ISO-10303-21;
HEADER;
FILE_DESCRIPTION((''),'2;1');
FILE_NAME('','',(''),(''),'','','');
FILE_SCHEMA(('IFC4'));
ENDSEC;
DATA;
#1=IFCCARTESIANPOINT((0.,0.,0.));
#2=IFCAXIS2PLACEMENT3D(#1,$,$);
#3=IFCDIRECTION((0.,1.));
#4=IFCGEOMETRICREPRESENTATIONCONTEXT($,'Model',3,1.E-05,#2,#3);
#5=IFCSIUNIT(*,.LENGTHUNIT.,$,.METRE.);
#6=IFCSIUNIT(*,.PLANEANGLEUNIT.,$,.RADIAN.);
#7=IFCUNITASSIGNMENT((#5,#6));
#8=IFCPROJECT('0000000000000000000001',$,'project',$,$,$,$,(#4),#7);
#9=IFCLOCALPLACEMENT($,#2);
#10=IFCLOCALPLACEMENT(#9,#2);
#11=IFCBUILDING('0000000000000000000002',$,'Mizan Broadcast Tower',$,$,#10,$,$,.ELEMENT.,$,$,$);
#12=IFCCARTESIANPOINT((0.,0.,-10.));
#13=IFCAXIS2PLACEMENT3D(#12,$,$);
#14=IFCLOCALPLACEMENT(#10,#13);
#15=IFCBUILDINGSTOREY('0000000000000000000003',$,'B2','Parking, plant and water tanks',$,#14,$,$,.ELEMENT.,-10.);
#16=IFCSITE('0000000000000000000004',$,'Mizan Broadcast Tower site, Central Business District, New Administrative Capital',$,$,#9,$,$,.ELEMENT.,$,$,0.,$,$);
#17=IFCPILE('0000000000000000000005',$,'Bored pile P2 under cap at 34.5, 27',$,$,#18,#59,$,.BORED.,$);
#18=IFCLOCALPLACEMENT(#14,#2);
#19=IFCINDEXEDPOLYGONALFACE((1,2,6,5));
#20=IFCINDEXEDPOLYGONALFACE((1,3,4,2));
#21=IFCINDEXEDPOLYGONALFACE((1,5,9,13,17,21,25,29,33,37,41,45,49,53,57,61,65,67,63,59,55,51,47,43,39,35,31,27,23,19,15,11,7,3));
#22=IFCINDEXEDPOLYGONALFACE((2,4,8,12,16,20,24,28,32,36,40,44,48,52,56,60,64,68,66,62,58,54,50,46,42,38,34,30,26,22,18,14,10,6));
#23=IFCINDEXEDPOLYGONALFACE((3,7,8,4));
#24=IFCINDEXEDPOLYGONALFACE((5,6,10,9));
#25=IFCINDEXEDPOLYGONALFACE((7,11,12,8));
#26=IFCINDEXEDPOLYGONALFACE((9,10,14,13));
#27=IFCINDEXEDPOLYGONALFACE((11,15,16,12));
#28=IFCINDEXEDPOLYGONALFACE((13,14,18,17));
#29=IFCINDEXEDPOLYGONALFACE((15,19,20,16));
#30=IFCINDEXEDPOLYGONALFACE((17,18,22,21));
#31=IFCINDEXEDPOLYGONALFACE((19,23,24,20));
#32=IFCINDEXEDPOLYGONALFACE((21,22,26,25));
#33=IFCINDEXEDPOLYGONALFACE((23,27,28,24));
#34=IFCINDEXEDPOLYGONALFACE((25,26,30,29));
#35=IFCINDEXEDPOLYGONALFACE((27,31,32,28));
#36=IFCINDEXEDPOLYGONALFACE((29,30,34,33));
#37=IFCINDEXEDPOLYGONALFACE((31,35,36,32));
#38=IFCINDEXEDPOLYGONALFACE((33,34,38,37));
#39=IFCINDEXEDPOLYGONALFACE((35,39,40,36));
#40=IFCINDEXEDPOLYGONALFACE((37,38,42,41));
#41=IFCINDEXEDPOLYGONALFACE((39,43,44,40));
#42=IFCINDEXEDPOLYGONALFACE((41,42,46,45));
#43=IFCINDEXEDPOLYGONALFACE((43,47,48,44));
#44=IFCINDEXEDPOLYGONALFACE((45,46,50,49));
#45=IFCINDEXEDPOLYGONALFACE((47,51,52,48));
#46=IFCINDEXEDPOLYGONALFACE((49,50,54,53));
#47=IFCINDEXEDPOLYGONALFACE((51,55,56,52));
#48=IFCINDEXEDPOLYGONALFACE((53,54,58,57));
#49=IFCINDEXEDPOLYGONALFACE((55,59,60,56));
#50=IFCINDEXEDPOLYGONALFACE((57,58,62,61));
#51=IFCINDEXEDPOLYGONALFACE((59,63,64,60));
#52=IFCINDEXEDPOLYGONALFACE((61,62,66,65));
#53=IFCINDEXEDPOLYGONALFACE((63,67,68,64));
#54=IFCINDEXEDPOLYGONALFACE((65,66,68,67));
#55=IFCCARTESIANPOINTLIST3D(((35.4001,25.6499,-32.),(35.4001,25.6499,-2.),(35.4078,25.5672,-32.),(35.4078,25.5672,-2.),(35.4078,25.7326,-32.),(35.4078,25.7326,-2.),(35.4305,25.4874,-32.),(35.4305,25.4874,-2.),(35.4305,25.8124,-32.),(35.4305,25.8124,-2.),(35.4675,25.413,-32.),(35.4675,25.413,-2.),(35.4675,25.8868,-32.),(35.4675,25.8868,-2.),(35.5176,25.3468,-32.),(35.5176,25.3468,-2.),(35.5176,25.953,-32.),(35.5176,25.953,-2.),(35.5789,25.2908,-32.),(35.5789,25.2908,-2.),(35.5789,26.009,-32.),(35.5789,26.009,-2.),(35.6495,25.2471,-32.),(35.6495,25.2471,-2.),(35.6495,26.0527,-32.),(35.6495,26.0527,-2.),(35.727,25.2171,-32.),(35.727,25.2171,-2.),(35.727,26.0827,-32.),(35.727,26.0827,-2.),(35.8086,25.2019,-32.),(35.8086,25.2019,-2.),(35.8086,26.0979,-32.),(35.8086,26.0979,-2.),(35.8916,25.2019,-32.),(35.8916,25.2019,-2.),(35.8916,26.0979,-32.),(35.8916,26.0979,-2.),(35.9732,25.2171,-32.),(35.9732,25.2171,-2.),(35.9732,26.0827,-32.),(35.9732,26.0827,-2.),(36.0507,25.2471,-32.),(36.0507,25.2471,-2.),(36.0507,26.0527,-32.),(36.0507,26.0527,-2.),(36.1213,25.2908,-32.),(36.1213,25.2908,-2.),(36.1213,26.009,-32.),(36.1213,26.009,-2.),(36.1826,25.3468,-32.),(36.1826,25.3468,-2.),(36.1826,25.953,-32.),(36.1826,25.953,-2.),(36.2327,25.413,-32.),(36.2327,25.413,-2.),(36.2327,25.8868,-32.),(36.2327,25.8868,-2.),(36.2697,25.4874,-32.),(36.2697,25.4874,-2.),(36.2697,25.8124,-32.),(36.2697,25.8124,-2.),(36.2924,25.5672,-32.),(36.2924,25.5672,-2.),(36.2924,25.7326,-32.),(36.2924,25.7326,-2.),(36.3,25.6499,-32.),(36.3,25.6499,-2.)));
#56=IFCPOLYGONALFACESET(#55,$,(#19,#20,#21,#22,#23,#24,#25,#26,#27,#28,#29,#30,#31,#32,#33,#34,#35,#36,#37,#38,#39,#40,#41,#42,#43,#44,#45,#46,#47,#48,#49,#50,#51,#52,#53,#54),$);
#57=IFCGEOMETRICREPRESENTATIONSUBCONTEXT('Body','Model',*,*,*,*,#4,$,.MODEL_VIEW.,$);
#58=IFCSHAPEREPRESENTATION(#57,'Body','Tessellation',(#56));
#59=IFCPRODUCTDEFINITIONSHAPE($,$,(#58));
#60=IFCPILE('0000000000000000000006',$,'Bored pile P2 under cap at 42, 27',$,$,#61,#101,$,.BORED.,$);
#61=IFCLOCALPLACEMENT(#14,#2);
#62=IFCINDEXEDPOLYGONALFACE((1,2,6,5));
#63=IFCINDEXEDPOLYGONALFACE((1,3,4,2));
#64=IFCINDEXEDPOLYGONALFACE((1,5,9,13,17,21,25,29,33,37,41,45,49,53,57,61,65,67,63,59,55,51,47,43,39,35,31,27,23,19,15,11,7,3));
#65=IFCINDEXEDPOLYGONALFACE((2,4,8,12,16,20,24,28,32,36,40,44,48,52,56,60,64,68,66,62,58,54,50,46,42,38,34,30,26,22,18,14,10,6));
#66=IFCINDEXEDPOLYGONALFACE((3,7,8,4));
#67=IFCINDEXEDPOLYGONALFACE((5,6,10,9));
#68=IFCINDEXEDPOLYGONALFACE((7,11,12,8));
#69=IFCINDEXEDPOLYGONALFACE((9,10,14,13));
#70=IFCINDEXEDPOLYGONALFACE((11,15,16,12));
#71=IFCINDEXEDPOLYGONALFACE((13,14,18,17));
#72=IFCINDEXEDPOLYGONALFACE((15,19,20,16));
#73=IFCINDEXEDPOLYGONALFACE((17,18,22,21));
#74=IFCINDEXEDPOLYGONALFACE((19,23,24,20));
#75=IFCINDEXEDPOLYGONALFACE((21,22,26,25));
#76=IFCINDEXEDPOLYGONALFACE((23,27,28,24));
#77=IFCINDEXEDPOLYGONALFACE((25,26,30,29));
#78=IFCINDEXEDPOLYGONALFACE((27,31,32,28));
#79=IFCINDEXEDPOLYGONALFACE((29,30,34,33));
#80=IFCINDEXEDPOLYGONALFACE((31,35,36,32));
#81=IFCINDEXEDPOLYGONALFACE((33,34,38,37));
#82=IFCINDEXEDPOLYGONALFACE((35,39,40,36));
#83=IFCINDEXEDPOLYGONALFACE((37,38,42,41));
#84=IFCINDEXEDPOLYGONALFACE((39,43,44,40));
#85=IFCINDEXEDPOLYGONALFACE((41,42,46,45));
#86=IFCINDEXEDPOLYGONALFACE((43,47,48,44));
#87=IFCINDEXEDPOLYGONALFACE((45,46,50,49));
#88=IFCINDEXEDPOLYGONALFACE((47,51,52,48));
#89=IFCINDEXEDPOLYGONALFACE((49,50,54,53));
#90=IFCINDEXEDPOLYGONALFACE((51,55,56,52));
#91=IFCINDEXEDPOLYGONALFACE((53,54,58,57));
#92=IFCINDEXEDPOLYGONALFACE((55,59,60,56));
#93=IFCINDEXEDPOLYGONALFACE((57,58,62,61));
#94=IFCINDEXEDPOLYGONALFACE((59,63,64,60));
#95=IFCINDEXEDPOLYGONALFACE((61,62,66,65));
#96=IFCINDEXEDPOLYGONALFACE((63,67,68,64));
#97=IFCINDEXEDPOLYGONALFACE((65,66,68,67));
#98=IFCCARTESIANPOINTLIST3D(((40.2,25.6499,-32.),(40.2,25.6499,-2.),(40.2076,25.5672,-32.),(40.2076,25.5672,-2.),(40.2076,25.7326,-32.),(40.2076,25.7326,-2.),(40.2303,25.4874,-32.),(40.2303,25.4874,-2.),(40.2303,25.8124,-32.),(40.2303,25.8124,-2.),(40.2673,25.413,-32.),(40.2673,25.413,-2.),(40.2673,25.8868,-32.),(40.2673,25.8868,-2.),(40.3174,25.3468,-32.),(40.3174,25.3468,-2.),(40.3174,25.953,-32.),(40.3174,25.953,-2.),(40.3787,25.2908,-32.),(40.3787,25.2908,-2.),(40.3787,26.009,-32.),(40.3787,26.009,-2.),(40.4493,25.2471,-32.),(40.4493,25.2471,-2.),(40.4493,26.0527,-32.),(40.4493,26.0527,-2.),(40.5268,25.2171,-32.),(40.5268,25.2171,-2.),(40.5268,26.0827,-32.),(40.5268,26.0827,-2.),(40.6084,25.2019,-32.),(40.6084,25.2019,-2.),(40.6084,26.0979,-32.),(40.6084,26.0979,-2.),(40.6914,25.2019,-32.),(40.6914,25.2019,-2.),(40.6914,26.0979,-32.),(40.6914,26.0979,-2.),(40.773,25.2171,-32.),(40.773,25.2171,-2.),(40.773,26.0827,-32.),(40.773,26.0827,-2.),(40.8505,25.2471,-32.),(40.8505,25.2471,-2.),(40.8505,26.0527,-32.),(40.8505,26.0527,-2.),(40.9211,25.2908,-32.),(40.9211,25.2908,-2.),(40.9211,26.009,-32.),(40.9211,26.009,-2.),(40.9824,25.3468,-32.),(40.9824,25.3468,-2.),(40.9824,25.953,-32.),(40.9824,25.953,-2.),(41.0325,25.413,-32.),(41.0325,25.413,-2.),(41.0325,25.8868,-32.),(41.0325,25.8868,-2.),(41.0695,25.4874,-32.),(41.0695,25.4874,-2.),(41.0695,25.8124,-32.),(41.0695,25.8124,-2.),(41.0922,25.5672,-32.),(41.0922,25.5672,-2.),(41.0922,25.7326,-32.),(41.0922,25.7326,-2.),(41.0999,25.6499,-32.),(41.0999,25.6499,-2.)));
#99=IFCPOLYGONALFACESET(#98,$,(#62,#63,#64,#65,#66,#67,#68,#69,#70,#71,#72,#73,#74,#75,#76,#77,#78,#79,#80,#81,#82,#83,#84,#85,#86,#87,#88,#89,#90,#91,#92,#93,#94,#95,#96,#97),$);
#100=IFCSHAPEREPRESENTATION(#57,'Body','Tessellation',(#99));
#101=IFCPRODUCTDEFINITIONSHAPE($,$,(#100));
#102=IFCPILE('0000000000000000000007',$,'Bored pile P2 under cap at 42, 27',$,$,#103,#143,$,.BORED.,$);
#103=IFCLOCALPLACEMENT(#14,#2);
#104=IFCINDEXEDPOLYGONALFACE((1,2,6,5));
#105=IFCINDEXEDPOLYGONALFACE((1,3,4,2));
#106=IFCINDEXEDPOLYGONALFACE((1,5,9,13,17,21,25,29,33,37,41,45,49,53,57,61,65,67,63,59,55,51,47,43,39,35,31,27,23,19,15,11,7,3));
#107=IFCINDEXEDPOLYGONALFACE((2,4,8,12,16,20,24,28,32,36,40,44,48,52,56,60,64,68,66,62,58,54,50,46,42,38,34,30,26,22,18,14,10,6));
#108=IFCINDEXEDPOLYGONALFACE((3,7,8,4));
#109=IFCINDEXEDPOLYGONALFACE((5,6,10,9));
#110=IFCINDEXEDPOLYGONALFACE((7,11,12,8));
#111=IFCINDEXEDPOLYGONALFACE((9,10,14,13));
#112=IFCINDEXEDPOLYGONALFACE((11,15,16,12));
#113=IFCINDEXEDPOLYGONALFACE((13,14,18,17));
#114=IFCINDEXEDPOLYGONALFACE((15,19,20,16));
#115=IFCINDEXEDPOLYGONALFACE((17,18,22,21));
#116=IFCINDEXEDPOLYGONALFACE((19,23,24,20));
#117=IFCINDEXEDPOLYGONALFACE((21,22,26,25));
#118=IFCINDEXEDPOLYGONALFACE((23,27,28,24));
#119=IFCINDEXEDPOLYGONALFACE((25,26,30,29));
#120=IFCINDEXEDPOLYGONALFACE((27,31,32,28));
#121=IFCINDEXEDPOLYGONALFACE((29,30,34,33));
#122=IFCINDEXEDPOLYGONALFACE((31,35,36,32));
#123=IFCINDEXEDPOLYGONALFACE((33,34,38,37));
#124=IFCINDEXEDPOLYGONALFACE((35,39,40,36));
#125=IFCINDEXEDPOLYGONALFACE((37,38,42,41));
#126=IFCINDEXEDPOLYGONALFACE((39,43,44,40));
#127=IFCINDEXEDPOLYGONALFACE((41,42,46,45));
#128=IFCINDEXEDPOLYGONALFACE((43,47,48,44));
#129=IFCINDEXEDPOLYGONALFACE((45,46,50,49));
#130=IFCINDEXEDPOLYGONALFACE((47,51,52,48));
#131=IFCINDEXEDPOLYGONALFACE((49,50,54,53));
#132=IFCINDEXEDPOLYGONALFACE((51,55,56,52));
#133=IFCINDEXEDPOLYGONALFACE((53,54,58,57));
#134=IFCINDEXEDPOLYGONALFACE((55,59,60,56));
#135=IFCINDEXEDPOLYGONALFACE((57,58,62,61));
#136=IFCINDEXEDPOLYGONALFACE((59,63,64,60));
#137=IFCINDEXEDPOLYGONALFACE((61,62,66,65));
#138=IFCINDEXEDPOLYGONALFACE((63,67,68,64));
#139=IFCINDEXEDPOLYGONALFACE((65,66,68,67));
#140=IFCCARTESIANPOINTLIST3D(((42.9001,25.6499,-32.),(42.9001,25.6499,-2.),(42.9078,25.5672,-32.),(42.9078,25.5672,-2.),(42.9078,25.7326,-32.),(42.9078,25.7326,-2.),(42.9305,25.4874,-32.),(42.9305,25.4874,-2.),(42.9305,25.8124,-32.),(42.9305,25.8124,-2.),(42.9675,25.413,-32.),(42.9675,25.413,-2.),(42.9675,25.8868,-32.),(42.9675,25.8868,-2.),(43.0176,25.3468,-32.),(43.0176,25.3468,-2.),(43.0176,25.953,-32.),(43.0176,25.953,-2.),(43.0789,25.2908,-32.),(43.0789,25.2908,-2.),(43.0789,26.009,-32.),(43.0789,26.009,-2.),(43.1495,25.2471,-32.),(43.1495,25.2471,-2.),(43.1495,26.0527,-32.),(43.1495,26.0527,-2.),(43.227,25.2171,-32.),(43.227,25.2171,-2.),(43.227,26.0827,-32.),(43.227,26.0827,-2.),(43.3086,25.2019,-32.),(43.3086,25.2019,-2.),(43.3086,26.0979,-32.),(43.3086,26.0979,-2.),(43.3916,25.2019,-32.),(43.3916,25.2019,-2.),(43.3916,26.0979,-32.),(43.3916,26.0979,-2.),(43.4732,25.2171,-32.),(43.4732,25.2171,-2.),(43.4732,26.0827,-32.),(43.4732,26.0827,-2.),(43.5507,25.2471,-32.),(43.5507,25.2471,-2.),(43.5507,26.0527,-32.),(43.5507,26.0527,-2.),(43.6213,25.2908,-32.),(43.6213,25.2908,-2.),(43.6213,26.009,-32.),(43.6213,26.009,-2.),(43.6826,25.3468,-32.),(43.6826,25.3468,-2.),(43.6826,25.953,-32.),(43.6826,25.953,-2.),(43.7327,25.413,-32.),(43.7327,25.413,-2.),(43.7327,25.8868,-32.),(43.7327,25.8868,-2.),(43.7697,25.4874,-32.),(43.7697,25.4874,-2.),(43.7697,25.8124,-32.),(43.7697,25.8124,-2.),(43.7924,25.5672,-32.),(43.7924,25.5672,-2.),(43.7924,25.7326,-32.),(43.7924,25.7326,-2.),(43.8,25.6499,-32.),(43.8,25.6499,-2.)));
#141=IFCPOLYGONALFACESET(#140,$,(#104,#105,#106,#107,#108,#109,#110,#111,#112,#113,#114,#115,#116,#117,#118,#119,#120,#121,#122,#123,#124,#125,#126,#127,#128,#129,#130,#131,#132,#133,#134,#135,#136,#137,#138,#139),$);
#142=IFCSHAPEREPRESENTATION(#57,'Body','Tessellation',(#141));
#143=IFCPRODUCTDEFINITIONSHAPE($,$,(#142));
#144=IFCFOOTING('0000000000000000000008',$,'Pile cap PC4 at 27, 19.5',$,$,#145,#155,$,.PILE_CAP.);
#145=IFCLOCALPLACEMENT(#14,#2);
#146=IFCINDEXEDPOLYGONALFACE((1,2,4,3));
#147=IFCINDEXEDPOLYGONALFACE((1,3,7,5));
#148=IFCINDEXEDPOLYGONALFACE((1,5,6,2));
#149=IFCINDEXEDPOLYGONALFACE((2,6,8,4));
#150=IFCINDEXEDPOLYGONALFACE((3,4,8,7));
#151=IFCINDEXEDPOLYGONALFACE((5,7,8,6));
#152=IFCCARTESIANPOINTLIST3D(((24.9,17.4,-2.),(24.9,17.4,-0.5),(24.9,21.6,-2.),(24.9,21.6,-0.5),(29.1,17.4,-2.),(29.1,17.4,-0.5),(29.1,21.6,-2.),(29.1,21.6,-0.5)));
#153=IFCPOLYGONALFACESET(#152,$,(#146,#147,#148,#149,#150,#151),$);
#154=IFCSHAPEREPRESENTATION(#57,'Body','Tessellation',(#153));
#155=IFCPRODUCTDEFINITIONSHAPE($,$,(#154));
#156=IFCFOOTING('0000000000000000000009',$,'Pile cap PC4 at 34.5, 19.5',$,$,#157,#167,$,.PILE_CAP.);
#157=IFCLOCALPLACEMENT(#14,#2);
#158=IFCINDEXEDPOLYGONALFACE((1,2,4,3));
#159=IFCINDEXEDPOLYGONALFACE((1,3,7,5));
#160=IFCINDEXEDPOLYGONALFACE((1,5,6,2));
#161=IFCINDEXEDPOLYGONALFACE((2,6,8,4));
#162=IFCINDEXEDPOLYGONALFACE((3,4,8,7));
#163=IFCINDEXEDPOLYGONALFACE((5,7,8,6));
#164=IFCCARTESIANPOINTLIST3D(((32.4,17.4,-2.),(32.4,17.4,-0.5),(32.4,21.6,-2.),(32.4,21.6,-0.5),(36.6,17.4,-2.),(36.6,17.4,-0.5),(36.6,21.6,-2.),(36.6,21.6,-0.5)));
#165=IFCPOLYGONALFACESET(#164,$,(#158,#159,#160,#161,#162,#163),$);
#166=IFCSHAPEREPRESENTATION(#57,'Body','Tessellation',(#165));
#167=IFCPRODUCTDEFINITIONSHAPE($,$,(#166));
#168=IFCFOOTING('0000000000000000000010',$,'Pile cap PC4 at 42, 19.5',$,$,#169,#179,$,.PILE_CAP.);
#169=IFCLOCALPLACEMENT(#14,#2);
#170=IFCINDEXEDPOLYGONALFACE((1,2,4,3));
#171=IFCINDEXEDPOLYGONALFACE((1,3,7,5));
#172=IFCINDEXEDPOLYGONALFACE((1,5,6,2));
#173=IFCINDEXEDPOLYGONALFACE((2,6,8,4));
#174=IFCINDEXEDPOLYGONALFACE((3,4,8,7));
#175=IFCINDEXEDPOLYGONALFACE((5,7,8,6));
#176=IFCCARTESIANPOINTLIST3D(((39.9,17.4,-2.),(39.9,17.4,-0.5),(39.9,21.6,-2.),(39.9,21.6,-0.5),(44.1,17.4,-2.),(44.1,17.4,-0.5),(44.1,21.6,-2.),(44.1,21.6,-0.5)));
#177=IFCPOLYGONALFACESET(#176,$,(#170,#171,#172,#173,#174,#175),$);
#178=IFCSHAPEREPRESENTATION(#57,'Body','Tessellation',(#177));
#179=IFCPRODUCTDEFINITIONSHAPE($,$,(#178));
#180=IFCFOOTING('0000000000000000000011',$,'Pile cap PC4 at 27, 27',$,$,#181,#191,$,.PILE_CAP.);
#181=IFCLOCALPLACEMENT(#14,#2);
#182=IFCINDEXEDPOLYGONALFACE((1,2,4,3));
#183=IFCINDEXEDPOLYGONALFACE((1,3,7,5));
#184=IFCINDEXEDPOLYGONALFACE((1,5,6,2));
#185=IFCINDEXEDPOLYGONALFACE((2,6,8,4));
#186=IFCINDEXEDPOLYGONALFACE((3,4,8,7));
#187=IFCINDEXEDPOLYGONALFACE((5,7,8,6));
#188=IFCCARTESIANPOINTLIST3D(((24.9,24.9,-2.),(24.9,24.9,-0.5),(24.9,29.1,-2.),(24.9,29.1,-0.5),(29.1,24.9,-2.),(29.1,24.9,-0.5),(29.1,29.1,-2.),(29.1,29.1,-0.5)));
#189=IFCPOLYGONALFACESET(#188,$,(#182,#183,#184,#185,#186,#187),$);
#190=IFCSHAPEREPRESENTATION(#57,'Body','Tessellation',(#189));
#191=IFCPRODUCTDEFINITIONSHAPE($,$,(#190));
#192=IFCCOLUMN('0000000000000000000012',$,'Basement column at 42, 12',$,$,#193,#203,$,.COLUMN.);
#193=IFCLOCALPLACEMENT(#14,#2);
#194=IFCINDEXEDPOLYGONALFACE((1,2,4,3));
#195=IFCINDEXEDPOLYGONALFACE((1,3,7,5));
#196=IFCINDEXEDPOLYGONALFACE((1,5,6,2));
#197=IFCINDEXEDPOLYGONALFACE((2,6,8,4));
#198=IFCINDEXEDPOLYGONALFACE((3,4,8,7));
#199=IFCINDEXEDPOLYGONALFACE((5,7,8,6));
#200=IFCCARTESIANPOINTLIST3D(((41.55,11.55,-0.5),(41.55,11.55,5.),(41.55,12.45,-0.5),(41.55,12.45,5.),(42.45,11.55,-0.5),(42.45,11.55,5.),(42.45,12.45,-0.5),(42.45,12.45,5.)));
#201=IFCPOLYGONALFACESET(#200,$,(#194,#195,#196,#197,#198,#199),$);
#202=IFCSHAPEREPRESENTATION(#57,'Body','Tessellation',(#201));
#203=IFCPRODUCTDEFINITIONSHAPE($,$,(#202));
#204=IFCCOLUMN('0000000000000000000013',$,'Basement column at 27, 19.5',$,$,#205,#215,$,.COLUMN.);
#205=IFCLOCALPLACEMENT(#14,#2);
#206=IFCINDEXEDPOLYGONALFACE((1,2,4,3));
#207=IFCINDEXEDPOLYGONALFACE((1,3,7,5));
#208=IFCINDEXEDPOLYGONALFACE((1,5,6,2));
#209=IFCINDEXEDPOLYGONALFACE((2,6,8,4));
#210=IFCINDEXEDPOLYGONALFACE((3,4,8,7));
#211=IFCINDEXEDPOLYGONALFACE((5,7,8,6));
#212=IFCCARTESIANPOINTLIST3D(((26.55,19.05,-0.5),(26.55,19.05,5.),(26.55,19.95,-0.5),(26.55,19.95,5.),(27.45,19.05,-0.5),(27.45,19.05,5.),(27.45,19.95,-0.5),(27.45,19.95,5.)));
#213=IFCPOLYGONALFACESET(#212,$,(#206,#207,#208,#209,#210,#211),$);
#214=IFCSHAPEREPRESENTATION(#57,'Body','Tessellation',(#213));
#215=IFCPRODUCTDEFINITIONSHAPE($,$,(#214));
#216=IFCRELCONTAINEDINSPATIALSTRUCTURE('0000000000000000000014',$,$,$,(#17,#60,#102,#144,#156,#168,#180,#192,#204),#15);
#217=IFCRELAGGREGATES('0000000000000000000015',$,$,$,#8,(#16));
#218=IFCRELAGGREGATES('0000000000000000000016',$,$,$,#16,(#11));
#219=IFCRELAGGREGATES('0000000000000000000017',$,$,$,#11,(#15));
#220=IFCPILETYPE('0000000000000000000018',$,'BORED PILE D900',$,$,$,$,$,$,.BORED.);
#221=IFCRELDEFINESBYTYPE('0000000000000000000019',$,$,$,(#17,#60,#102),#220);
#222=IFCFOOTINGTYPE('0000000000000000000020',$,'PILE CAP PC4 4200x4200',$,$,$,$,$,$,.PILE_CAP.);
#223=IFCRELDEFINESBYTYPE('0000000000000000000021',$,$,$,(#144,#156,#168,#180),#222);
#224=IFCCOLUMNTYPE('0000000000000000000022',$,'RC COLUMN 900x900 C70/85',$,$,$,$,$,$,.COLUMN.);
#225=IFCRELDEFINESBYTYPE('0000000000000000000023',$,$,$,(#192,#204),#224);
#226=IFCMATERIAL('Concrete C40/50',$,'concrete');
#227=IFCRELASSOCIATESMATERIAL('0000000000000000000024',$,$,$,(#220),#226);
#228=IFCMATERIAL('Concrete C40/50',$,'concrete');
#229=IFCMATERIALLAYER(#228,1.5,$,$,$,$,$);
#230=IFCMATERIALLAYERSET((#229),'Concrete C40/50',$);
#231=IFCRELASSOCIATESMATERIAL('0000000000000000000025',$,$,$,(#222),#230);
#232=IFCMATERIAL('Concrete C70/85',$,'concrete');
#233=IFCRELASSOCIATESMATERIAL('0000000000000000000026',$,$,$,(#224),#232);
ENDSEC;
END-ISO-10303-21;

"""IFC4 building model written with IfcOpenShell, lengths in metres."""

from ifc_helpers import new_model, si_unit, direction, frame, origin, origin_2d, place, context, subcontext, project, spatial, rectangle, circle, extrude, material, layer, layer_set, material_profile, profile_set, type_object, element, save


model = new_model("IFC4")

# Units and contexts
model_context = context("Model", 3, precision=1e-05, world=origin(), true_north=direction((0.0, 1.0)))
body_context = subcontext(model_context, "Body", "Model", "MODEL_VIEW")
ifc_project = project(units=[si_unit("LENGTHUNIT", "METRE"), si_unit("PLANEANGLEUNIT", "RADIAN")], contexts=[model_context])

# Site, building, storey
site_placement = place(None, origin())
site = spatial("IfcSite", under=ifc_project, at=site_placement, Name="Mizan Broadcast Tower site, Central Business District, New Administrative Capital", CompositionType="ELEMENT", RefElevation=0.0)
building_placement = place(site_placement, origin())
building = spatial("IfcBuilding", under=site, at=building_placement, Name="Mizan Broadcast Tower", CompositionType="ELEMENT")
storey_placement = place(building_placement, frame((0.0, 0.0, -10.0)))
storey = spatial("IfcBuildingStorey", under=building, at=storey_placement, Name="B2", Description="Parking, plant and water tanks", CompositionType="ELEMENT", Elevation=-10.0)

# Piles
ifc_material_1 = material(Name="Concrete C40/50", Category="concrete")
ifc_material_profile_1 = material_profile(ifc_material_1, circle(Radius=0.45, at=origin_2d()), Name="D900")
ifc_profile_set_1 = profile_set([ifc_material_profile_1], Name="Concrete C40/50")
pile_type_1 = type_object("IfcPileType", Name="BORED PILE D900", PredefinedType="BORED", material=ifc_profile_set_1)
for number, where, z_axis, x_axis, name in (
    (1, (35.8501, 25.6499, -2.0), (0.0, 0.0, -1.0), (1.0, 0.0, 0.0), "Bored pile P2 under cap at 34.5, 27"),
    (2, (40.6499, 25.6499, -2.0), (0.0, 0.0, -1.0), (1.0, 0.0, 0.0), "Bored pile P2 under cap at 42, 27"),
    (3, (43.3501, 25.6499, -2.0), (0.0, 0.0, -1.0), (1.0, 0.0, 0.0), "Bored pile P2 under cap at 42, 27"),
):
    element("IfcPile", number, at=place(storey_placement, frame(where, z_axis=z_axis, x_axis=x_axis)), inside=storey, type_object=pile_type_1, Name=name, PredefinedType="BORED", context=body_context, shape_type="SweptSolid", body=[
        extrude(circle(Radius=0.45, at=origin_2d()), origin(), (0.0, 0.0, 1.0), 30.0),
    ])

# Footings
ifc_material_2 = material(Name="Concrete C40/50", Category="concrete")
ifc_layer = layer(ifc_material_2, 1.5)
ifc_layer_set = layer_set([ifc_layer], Name="Concrete C40/50")
footing_type = type_object("IfcFootingType", Name="PILE CAP PC4 4200x4200", PredefinedType="PILE_CAP", material=ifc_layer_set)
for number, where, z_axis, x_axis, name in (
    (4, (27.0, 19.5, -2.0), (0.0, 0.0, 1.0), (1.0, 0.0, 0.0), "Pile cap PC4 at 27, 19.5"),
    (5, (34.5, 19.5, -2.0), (0.0, 0.0, 1.0), (1.0, 0.0, 0.0), "Pile cap PC4 at 34.5, 19.5"),
    (6, (42.0, 19.5, -2.0), (0.0, 0.0, 1.0), (1.0, 0.0, 0.0), "Pile cap PC4 at 42, 19.5"),
    (7, (27.0, 27.0, -2.0), (0.0, 0.0, 1.0), (1.0, 0.0, 0.0), "Pile cap PC4 at 27, 27"),
):
    element("IfcFooting", number, at=place(storey_placement, frame(where, z_axis=z_axis, x_axis=x_axis)), inside=storey, type_object=footing_type, Name=name, PredefinedType="PILE_CAP", context=body_context, shape_type="SweptSolid", body=[
        extrude(rectangle(XDim=4.2, YDim=4.2, at=origin_2d()), origin(), (0.0, 0.0, 1.0), 1.5),
    ])

# Columns
ifc_material_3 = material(Name="Concrete C70/85", Category="concrete")
ifc_material_profile_2 = material_profile(ifc_material_3, rectangle(XDim=0.8999, YDim=0.8999, at=origin_2d()), Name="RC 900x900")
ifc_profile_set_2 = profile_set([ifc_material_profile_2], Name="Concrete C70/85")
column_type = type_object("IfcColumnType", Name="RC COLUMN 900x900 C70/85", PredefinedType="COLUMN", material=ifc_profile_set_2)
for number, where, z_axis, x_axis, name in (
    (8, (42.0, 12.0, -0.5), (0.0, 0.0, 1.0), (1.0, 0.0, 0.0), "Basement column at 42, 12"),
    (9, (27.0, 19.5, -0.5), (0.0, 0.0, 1.0), (1.0, 0.0, 0.0), "Basement column at 27, 19.5"),
):
    element("IfcColumn", number, at=place(storey_placement, frame(where, z_axis=z_axis, x_axis=x_axis)), inside=storey, type_object=column_type, Name=name, PredefinedType="COLUMN", context=body_context, shape_type="SweptSolid", body=[
        extrude(rectangle(XDim=0.8999, YDim=0.8999, at=origin_2d()), origin(), (0.0, 0.0, 1.0), 5.5),
    ])

save(model, "model.ifc")
